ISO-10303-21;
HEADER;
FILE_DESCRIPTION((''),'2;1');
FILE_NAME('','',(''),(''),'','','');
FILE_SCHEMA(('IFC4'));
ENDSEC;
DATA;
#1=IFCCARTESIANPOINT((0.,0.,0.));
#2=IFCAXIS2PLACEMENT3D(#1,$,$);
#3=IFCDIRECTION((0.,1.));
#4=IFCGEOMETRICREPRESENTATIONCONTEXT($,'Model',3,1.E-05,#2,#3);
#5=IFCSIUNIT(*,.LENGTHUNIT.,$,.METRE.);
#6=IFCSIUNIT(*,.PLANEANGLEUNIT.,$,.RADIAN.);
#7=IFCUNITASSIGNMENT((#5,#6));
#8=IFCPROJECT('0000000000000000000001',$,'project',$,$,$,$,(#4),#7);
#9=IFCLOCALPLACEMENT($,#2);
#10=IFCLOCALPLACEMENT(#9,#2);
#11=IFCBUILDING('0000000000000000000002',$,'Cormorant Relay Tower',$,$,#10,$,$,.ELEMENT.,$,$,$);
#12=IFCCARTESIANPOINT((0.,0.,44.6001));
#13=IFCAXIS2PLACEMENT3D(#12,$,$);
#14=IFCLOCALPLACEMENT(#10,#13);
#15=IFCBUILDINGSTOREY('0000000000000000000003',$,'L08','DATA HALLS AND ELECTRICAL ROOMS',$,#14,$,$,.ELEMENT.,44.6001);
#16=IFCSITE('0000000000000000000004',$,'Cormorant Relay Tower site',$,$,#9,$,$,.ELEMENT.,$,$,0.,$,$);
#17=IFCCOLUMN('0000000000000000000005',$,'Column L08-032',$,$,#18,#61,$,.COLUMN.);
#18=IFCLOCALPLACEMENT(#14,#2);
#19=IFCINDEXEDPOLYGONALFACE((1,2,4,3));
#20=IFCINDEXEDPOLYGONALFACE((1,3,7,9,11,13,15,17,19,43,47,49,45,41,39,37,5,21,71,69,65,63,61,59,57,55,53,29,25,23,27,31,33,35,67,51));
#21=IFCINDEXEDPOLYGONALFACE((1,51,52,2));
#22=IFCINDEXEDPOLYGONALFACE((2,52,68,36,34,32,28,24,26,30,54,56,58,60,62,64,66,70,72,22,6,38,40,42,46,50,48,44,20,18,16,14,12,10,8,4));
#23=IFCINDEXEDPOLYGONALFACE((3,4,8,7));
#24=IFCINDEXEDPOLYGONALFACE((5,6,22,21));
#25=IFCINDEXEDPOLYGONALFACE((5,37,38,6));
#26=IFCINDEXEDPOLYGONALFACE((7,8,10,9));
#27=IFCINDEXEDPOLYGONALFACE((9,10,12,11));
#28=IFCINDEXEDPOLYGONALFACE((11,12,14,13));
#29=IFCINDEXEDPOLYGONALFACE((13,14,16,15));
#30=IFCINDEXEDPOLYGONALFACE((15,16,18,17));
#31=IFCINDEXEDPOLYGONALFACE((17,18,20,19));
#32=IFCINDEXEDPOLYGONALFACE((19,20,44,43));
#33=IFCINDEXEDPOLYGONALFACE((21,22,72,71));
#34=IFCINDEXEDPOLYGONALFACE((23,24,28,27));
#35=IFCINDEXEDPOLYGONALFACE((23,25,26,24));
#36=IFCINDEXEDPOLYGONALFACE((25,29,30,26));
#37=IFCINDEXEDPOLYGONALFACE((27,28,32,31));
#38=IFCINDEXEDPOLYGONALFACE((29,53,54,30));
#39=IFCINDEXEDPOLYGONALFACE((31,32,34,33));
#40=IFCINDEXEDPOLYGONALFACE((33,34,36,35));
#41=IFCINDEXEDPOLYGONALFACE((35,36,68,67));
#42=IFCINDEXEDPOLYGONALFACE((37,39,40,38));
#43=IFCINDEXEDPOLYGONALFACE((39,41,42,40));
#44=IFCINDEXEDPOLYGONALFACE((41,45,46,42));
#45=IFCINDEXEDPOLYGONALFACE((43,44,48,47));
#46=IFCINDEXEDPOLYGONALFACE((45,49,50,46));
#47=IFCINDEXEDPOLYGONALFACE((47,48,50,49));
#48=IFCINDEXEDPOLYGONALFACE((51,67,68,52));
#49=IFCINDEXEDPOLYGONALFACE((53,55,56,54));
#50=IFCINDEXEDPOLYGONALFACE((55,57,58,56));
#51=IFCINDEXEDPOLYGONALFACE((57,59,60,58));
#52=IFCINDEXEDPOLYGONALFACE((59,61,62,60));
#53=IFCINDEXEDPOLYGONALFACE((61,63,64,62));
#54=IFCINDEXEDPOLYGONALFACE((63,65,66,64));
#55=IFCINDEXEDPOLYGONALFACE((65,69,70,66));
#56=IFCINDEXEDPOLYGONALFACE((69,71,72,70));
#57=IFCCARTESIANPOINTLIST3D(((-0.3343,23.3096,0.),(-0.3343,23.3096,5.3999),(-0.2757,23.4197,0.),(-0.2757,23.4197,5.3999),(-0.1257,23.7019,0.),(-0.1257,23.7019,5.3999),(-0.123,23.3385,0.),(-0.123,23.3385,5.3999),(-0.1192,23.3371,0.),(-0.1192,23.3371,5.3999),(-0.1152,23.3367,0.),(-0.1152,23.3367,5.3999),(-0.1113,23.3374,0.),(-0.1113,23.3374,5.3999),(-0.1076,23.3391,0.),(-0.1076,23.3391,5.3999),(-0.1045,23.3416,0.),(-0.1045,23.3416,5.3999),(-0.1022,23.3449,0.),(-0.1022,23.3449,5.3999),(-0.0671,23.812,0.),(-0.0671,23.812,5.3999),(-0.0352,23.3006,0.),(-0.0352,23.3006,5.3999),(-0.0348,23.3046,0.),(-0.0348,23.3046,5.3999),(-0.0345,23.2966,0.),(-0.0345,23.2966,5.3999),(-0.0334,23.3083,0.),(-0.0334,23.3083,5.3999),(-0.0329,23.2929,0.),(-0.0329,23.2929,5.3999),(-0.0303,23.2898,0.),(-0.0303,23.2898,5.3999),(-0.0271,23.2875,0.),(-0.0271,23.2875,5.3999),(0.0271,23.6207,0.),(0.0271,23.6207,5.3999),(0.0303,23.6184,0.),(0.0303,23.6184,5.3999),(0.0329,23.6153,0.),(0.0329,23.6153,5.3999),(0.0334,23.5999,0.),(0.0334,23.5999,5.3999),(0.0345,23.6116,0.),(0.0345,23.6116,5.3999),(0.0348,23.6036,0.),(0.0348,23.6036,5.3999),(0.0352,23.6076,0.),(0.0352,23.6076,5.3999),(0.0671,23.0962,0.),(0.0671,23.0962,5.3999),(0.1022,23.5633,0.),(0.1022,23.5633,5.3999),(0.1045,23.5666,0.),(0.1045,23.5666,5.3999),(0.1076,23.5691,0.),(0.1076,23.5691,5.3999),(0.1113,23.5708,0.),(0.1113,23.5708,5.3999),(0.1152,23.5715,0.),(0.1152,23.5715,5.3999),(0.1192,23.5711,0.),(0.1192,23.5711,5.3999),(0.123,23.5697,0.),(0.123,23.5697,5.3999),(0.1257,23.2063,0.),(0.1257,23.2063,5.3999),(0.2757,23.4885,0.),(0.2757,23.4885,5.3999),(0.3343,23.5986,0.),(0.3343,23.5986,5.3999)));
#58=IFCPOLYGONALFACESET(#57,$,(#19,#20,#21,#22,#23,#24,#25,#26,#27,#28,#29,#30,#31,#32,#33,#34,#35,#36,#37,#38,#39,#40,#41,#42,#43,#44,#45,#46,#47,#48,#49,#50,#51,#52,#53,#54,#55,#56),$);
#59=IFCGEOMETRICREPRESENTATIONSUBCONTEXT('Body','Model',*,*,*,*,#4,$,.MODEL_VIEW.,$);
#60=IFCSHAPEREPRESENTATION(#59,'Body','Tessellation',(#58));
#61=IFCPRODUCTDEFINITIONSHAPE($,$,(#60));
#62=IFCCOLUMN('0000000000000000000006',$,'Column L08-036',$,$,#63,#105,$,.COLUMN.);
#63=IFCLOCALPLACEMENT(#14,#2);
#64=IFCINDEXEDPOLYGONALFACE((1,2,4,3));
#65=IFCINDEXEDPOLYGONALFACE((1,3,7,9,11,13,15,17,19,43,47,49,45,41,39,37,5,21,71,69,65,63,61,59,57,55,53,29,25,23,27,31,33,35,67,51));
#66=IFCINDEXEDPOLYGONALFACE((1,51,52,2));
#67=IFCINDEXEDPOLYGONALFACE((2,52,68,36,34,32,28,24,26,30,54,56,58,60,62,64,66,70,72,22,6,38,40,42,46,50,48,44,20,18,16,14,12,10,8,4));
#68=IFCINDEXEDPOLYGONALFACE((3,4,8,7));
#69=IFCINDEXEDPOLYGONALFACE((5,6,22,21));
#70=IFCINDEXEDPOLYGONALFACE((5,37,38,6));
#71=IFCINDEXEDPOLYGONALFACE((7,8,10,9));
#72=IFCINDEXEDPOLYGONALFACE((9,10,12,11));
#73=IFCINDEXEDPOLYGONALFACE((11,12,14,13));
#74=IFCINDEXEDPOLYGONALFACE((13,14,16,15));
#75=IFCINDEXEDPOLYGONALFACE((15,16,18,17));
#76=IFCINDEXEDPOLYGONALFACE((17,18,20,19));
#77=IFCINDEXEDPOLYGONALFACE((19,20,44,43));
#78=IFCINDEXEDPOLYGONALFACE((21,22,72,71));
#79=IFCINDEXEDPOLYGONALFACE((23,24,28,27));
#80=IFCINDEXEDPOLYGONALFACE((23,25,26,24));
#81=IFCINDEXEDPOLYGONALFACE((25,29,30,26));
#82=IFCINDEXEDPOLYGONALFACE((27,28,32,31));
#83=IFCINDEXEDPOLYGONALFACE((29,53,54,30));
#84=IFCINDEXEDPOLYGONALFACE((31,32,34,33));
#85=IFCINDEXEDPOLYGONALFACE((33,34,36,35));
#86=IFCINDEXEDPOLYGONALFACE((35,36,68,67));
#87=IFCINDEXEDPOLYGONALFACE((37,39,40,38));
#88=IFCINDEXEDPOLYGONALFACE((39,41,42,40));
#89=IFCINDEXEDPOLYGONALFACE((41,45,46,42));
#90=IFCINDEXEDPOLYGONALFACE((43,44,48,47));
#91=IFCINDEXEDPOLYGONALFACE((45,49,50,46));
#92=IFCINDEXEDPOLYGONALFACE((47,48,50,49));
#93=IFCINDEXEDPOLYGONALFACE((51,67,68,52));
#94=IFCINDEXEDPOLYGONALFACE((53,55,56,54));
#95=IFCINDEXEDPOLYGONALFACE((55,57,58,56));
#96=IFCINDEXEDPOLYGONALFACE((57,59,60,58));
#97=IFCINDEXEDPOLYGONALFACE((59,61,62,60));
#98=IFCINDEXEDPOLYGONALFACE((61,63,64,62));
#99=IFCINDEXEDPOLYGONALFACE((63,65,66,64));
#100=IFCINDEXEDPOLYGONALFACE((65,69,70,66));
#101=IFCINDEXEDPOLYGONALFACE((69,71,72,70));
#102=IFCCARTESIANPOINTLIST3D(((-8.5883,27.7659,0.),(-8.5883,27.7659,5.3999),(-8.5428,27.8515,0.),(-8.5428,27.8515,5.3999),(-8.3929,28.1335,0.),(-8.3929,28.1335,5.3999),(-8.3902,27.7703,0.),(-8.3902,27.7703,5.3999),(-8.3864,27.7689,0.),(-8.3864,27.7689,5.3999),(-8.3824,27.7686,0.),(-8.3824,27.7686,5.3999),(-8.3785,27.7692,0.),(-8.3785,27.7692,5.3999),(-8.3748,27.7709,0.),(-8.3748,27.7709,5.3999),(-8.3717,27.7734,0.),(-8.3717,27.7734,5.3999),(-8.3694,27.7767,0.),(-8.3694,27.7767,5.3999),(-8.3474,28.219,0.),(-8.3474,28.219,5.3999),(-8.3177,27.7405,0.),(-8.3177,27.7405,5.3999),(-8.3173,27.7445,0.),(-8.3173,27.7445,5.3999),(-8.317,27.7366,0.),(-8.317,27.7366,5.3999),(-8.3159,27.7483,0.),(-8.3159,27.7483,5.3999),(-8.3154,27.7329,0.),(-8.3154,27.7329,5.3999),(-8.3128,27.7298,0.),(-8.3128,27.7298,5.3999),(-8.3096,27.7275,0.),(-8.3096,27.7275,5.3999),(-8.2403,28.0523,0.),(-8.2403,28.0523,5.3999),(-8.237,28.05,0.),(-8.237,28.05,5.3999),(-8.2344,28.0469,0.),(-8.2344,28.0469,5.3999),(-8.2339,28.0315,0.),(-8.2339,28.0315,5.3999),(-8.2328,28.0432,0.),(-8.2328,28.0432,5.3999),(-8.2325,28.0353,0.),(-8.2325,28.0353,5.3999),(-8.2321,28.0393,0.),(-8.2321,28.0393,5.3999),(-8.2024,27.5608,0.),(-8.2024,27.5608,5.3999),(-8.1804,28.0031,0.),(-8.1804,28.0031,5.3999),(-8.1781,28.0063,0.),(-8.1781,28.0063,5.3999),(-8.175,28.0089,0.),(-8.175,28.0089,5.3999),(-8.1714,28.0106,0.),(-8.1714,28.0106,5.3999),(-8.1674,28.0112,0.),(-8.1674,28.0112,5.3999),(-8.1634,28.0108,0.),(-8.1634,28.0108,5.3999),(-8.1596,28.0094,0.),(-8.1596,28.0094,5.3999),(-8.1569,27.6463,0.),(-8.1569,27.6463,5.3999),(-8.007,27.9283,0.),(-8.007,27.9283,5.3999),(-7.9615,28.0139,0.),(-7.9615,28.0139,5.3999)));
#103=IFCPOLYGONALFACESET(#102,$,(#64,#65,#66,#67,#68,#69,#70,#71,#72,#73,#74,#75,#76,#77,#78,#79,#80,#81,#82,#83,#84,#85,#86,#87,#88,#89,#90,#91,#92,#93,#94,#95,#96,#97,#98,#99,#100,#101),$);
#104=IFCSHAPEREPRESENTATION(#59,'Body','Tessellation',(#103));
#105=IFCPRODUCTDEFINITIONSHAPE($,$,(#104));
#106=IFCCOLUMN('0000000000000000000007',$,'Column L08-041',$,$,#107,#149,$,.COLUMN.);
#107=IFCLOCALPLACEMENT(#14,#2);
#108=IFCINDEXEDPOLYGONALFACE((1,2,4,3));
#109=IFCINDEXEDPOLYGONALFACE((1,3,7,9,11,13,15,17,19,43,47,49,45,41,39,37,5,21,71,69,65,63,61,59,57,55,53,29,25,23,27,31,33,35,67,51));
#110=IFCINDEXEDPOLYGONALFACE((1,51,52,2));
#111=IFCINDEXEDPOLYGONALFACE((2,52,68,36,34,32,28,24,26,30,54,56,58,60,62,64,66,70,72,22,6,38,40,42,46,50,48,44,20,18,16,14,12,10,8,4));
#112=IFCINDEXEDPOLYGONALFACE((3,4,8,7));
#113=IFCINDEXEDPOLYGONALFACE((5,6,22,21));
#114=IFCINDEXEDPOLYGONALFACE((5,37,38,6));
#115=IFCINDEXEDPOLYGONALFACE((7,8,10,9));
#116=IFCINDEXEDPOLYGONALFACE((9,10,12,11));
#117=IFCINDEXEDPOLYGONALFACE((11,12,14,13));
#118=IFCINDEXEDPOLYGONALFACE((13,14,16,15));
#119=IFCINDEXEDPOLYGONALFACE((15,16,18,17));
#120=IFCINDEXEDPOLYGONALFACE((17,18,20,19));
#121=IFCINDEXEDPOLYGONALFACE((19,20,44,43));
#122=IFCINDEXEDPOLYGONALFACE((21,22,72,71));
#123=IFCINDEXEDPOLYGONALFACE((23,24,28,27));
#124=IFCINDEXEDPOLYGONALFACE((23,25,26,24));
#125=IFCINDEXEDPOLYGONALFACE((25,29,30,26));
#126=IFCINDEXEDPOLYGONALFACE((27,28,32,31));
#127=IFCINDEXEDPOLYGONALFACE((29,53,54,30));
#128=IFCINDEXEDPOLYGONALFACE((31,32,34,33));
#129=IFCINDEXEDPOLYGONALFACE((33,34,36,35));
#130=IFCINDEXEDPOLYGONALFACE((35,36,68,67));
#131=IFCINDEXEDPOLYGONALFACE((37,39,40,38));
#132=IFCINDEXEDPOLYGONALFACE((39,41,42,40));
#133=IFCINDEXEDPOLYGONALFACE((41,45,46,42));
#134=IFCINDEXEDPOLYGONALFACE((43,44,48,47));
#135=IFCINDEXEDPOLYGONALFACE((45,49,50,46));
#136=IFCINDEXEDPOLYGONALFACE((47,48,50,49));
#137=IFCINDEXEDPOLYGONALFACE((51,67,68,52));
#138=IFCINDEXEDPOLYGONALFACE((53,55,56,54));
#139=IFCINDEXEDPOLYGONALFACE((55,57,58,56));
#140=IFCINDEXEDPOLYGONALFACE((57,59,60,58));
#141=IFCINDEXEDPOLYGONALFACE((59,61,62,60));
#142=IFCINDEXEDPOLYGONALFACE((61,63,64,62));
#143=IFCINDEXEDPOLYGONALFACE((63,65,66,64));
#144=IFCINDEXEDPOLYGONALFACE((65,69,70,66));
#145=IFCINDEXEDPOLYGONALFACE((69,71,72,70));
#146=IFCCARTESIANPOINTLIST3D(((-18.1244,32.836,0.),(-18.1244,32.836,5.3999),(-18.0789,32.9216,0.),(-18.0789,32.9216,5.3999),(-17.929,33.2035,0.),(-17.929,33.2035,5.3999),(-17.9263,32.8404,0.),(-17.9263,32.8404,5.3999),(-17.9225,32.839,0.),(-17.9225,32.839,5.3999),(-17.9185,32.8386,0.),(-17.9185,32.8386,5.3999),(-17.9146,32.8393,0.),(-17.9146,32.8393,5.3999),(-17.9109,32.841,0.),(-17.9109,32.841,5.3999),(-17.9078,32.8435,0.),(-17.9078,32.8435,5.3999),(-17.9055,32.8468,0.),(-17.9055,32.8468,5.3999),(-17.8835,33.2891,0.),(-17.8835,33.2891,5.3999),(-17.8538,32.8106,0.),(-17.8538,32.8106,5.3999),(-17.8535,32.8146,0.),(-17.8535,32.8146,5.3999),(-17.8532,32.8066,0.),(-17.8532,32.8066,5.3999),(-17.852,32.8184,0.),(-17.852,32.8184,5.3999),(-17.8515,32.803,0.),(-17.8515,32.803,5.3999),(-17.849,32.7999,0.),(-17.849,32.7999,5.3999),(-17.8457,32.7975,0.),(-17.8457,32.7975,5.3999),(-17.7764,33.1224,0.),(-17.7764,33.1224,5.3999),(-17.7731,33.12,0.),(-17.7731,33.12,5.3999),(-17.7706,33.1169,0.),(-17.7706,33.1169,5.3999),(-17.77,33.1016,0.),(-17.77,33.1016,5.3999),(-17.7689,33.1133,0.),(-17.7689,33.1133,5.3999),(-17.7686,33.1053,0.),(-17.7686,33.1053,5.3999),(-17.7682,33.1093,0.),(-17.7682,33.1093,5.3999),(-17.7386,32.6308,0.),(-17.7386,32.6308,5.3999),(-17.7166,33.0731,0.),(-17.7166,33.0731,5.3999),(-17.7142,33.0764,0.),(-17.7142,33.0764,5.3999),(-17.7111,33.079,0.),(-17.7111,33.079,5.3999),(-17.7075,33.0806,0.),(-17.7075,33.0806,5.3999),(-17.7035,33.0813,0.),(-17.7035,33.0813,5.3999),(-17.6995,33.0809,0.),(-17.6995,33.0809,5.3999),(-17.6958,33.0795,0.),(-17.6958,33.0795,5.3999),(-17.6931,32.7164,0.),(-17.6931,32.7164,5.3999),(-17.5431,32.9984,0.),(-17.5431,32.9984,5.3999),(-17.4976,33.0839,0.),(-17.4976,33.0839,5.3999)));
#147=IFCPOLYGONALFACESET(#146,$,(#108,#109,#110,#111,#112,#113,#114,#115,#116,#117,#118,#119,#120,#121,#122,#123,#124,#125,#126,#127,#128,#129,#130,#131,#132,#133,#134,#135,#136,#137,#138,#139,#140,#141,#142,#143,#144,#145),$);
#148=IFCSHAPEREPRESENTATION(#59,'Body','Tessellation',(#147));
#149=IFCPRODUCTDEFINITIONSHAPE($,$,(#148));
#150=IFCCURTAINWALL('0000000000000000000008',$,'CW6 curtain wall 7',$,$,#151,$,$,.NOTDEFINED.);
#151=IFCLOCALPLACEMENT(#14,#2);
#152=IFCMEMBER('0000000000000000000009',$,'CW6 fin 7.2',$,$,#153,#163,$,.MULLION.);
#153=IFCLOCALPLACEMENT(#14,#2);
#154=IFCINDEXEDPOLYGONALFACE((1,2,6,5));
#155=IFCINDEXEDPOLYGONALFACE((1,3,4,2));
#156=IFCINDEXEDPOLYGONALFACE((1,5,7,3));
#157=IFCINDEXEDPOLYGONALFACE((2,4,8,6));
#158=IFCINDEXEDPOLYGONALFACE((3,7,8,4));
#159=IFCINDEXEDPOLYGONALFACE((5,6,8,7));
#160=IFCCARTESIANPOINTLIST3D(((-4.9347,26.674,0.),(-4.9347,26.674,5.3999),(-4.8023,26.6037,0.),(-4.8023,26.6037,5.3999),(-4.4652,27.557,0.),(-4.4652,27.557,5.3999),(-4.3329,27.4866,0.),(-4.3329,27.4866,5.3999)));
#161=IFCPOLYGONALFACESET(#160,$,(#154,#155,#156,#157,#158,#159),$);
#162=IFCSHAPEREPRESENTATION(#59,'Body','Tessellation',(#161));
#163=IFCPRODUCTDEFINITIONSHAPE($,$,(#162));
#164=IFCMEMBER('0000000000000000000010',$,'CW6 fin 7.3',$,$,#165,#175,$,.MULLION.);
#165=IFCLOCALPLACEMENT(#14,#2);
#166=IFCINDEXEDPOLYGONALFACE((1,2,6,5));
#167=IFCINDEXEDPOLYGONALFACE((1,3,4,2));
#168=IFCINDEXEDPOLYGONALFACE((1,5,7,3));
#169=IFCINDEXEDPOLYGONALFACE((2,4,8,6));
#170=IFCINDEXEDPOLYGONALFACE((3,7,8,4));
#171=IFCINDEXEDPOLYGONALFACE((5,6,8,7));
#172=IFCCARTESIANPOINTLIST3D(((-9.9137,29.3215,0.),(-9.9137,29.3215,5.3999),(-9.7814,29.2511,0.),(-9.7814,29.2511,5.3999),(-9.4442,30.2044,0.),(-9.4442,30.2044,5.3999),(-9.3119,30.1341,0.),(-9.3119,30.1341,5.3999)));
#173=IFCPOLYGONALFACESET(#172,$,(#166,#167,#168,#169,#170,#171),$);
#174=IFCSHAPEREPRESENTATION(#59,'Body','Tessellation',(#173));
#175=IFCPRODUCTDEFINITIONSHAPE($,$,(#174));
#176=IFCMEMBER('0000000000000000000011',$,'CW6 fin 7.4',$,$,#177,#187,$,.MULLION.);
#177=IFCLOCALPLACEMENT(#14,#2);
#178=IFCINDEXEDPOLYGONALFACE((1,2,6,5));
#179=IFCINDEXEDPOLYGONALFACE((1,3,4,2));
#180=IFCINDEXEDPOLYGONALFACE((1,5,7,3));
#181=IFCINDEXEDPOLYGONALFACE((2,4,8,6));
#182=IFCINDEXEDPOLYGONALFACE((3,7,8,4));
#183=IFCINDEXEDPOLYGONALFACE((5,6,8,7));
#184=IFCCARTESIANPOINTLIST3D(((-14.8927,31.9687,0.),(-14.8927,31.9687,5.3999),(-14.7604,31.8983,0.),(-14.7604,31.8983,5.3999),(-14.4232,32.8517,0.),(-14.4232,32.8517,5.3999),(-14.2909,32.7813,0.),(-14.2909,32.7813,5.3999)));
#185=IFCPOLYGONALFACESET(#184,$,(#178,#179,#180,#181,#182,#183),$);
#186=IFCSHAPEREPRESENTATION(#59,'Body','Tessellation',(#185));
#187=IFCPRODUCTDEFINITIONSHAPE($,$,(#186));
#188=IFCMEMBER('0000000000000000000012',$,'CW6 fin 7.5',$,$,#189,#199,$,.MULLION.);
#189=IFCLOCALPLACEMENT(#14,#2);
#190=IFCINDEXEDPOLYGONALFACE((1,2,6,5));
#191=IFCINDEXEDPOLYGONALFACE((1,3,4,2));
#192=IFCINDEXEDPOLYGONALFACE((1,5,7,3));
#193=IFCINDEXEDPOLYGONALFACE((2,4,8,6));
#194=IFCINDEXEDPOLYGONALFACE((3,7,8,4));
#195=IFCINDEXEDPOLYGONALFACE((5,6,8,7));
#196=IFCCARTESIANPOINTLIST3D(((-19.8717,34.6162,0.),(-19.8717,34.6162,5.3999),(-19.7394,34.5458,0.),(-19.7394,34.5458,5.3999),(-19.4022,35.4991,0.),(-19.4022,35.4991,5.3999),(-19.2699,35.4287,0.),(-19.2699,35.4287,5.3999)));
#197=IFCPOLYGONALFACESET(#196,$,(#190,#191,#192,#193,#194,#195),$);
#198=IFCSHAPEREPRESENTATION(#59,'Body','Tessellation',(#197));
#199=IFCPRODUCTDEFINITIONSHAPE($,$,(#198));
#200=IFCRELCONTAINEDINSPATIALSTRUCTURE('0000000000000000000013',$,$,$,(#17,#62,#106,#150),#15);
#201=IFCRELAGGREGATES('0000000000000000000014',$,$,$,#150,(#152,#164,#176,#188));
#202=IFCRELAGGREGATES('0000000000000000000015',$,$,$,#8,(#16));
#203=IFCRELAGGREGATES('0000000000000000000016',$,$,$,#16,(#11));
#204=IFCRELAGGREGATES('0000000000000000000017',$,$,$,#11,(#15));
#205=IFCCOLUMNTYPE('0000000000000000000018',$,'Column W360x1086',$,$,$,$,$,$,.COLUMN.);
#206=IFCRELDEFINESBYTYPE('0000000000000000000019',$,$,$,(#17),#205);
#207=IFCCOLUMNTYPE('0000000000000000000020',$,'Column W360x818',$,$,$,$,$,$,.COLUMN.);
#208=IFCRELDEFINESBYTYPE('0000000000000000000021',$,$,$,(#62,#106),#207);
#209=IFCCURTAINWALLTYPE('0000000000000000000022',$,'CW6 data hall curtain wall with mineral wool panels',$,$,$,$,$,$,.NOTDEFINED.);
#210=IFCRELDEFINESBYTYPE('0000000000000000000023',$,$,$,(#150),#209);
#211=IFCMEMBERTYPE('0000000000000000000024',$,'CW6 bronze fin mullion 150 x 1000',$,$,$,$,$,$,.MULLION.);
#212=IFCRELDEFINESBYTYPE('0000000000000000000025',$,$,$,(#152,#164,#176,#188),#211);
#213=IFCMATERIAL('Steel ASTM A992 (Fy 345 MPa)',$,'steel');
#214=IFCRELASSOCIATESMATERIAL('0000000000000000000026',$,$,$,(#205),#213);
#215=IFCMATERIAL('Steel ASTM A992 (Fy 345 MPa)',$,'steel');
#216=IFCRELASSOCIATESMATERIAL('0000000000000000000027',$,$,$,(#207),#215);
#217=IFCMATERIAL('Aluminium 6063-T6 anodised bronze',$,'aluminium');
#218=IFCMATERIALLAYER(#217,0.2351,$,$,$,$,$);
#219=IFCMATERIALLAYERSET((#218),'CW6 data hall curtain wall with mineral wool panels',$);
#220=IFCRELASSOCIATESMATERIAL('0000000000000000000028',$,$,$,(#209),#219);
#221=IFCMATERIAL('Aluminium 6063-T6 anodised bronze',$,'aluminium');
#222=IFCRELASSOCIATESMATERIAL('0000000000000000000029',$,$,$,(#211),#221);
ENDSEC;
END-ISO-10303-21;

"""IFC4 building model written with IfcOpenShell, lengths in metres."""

from ifc_helpers import new_model, si_unit, direction, frame, origin, origin_2d, place, context, subcontext, project, spatial, rectangle, i_section, extrude, material, layer, layer_set, material_profile, profile_set, type_object, element, aggregate, save


model = new_model("IFC4")

# Units and contexts
model_context = context("Model", 3, precision=1e-05, world=origin(), true_north=direction((0.0, 1.0)))
body_context = subcontext(model_context, "Body", "Model", "MODEL_VIEW")
ifc_project = project(units=[si_unit("LENGTHUNIT", "METRE"), si_unit("PLANEANGLEUNIT", "RADIAN")], contexts=[model_context])

# Site, building, storey
site_placement = place(None, origin())
site = spatial("IfcSite", under=ifc_project, at=site_placement, Name="Cormorant Relay Tower site", CompositionType="ELEMENT", RefElevation=0.0)
building_placement = place(site_placement, origin())
building = spatial("IfcBuilding", under=site, at=building_placement, Name="Cormorant Relay Tower", CompositionType="ELEMENT")
storey_placement = place(building_placement, frame((0.0, 0.0, 44.6001)))
storey = spatial("IfcBuildingStorey", under=building, at=storey_placement, Name="L08", Description="DATA HALLS AND ELECTRICAL ROOMS", CompositionType="ELEMENT", Elevation=44.6001)

# Columns
ifc_material_1 = material(Name="Steel ASTM A992 (Fy 345 MPa)", Category="steel")
ifc_material_profile_1 = material_profile(ifc_material_1, i_section(OverallWidth=0.4546, OverallDepth=0.5691, WebThickness=0.0779, FlangeThickness=0.1248, FilletRadius=0.0154, at=origin_2d()), Name="W360x1086")
ifc_profile_set_1 = profile_set([ifc_material_profile_1], Name="Steel ASTM A992 (Fy 345 MPa)")
column_type_1 = type_object("IfcColumnType", Name="Column W360x1086", PredefinedType="COLUMN", material=ifc_profile_set_1)
column_placement = place(storey_placement, frame((0.0, 23.4541, 0.0), z_axis=(0.0, 0.0, 1.0), x_axis=(-0.882948, 0.469472, 0.0)))
element("IfcColumn", 1, at=column_placement, inside=storey, type_object=column_type_1, Name="Column L08-032", PredefinedType="COLUMN", context=body_context, shape_type="SweptSolid", body=[
    extrude(i_section(OverallWidth=0.4546, OverallDepth=0.5691, WebThickness=0.0779, FlangeThickness=0.1248, FilletRadius=0.0154, at=origin_2d()), origin(), (0.0, 0.0, 1.0), 5.3999),
])
ifc_material_2 = material(Name="Steel ASTM A992 (Fy 345 MPa)", Category="steel")
ifc_material_profile_2 = material_profile(ifc_material_2, i_section(OverallWidth=0.437, OverallDepth=0.5132, WebThickness=0.0605, FlangeThickness=0.0969, FilletRadius=0.0154, at=origin_2d()), Name="W360x818")
ifc_profile_set_2 = profile_set([ifc_material_profile_2], Name="Steel ASTM A992 (Fy 345 MPa)")
column_type_2 = type_object("IfcColumnType", Name="Column W360x818", PredefinedType="COLUMN", material=ifc_profile_set_2)
for number, where, z_axis, x_axis, name in (
    (2, (-8.2749, 27.8899, 0.0), (0.0, 0.0, 1.0), (-0.882948, 0.469472, 0.0), "Column L08-036"),
    (3, (-17.811, 32.96, 0.0), (0.0, 0.0, 1.0), (-0.882948, 0.469472, 0.0), "Column L08-041"),
):
    element("IfcColumn", number, at=place(storey_placement, frame(where, z_axis=z_axis, x_axis=x_axis)), inside=storey, type_object=column_type_2, Name=name, PredefinedType="COLUMN", context=body_context, shape_type="SweptSolid", body=[
        extrude(i_section(OverallWidth=0.437, OverallDepth=0.5132, WebThickness=0.0605, FlangeThickness=0.0969, FilletRadius=0.0154, at=origin_2d()), origin(), (0.0, 0.0, 1.0), 5.3999),
    ])

# Curtain wall, members
ifc_material_3 = material(Name="Aluminium 6063-T6 anodised bronze", Category="aluminium")
ifc_layer_1 = layer(ifc_material_3, 0.2351)
ifc_layer_set_1 = layer_set([ifc_layer_1], Name="CW6 data hall curtain wall with mineral wool panels")
curtain_wall_type = type_object("IfcCurtainWallType", Name="CW6 data hall curtain wall with mineral wool panels", PredefinedType="NOTDEFINED", material=ifc_layer_set_1)
curtain_wall_placement = place(storey_placement, origin())
curtain_wall = element("IfcCurtainWall", 4, at=curtain_wall_placement, inside=storey, type_object=curtain_wall_type, Name="CW6 curtain wall 7", PredefinedType="NOTDEFINED")
ifc_material_4 = material(Name="Aluminium 6063-T6 anodised bronze", Category="aluminium")
ifc_material_profile_3 = material_profile(ifc_material_4, rectangle(XDim=0.1499, YDim=1.0, at=origin_2d()), Name="AL 150x1000")
ifc_profile_set_3 = profile_set([ifc_material_profile_3], Name="Aluminium 6063-T6 anodised bronze")
member_type = type_object("IfcMemberType", Name="CW6 bronze fin mullion 150 x 1000", PredefinedType="MULLION", material=ifc_profile_set_3)
member_1_placement = place(storey_placement, frame((-4.6338, 27.0803, 0.0), z_axis=(0.0, 0.0, 1.0), x_axis=(-0.882948, 0.469472, 0.0)))
member_1 = element("IfcMember", 5, at=member_1_placement, type_object=member_type, Name="CW6 fin 7.2", PredefinedType="MULLION", context=body_context, shape_type="SweptSolid", body=[
    extrude(rectangle(XDim=0.1499, YDim=1.0, at=origin_2d()), origin(), (0.0, 0.0, 1.0), 5.3999),
])
member_2_placement = place(storey_placement, frame((-9.6128, 29.7278, 0.0), z_axis=(0.0, 0.0, 1.0), x_axis=(-0.882948, 0.469472, 0.0)))
member_2 = element("IfcMember", 6, at=member_2_placement, type_object=member_type, Name="CW6 fin 7.3", PredefinedType="MULLION", context=body_context, shape_type="SweptSolid", body=[
    extrude(rectangle(XDim=0.1499, YDim=1.0, at=origin_2d()), origin(), (0.0, 0.0, 1.0), 5.3999),
])
member_3_placement = place(storey_placement, frame((-14.5918, 32.375, 0.0), z_axis=(0.0, 0.0, 1.0), x_axis=(-0.882948, 0.469472, 0.0)))
member_3 = element("IfcMember", 7, at=member_3_placement, type_object=member_type, Name="CW6 fin 7.4", PredefinedType="MULLION", context=body_context, shape_type="SweptSolid", body=[
    extrude(rectangle(XDim=0.1499, YDim=1.0, at=origin_2d()), origin(), (0.0, 0.0, 1.0), 5.3999),
])
member_4_placement = place(storey_placement, frame((-19.5708, 35.0225, 0.0), z_axis=(0.0, 0.0, 1.0), x_axis=(-0.882948, 0.469472, 0.0)))
member_4 = element("IfcMember", 8, at=member_4_placement, type_object=member_type, Name="CW6 fin 7.5", PredefinedType="MULLION", context=body_context, shape_type="SweptSolid", body=[
    extrude(rectangle(XDim=0.1499, YDim=1.0, at=origin_2d()), origin(), (0.0, 0.0, 1.0), 5.3999),
])

aggregate(curtain_wall, [member_1, member_2, member_3, member_4])

save(model, "model.ifc")
